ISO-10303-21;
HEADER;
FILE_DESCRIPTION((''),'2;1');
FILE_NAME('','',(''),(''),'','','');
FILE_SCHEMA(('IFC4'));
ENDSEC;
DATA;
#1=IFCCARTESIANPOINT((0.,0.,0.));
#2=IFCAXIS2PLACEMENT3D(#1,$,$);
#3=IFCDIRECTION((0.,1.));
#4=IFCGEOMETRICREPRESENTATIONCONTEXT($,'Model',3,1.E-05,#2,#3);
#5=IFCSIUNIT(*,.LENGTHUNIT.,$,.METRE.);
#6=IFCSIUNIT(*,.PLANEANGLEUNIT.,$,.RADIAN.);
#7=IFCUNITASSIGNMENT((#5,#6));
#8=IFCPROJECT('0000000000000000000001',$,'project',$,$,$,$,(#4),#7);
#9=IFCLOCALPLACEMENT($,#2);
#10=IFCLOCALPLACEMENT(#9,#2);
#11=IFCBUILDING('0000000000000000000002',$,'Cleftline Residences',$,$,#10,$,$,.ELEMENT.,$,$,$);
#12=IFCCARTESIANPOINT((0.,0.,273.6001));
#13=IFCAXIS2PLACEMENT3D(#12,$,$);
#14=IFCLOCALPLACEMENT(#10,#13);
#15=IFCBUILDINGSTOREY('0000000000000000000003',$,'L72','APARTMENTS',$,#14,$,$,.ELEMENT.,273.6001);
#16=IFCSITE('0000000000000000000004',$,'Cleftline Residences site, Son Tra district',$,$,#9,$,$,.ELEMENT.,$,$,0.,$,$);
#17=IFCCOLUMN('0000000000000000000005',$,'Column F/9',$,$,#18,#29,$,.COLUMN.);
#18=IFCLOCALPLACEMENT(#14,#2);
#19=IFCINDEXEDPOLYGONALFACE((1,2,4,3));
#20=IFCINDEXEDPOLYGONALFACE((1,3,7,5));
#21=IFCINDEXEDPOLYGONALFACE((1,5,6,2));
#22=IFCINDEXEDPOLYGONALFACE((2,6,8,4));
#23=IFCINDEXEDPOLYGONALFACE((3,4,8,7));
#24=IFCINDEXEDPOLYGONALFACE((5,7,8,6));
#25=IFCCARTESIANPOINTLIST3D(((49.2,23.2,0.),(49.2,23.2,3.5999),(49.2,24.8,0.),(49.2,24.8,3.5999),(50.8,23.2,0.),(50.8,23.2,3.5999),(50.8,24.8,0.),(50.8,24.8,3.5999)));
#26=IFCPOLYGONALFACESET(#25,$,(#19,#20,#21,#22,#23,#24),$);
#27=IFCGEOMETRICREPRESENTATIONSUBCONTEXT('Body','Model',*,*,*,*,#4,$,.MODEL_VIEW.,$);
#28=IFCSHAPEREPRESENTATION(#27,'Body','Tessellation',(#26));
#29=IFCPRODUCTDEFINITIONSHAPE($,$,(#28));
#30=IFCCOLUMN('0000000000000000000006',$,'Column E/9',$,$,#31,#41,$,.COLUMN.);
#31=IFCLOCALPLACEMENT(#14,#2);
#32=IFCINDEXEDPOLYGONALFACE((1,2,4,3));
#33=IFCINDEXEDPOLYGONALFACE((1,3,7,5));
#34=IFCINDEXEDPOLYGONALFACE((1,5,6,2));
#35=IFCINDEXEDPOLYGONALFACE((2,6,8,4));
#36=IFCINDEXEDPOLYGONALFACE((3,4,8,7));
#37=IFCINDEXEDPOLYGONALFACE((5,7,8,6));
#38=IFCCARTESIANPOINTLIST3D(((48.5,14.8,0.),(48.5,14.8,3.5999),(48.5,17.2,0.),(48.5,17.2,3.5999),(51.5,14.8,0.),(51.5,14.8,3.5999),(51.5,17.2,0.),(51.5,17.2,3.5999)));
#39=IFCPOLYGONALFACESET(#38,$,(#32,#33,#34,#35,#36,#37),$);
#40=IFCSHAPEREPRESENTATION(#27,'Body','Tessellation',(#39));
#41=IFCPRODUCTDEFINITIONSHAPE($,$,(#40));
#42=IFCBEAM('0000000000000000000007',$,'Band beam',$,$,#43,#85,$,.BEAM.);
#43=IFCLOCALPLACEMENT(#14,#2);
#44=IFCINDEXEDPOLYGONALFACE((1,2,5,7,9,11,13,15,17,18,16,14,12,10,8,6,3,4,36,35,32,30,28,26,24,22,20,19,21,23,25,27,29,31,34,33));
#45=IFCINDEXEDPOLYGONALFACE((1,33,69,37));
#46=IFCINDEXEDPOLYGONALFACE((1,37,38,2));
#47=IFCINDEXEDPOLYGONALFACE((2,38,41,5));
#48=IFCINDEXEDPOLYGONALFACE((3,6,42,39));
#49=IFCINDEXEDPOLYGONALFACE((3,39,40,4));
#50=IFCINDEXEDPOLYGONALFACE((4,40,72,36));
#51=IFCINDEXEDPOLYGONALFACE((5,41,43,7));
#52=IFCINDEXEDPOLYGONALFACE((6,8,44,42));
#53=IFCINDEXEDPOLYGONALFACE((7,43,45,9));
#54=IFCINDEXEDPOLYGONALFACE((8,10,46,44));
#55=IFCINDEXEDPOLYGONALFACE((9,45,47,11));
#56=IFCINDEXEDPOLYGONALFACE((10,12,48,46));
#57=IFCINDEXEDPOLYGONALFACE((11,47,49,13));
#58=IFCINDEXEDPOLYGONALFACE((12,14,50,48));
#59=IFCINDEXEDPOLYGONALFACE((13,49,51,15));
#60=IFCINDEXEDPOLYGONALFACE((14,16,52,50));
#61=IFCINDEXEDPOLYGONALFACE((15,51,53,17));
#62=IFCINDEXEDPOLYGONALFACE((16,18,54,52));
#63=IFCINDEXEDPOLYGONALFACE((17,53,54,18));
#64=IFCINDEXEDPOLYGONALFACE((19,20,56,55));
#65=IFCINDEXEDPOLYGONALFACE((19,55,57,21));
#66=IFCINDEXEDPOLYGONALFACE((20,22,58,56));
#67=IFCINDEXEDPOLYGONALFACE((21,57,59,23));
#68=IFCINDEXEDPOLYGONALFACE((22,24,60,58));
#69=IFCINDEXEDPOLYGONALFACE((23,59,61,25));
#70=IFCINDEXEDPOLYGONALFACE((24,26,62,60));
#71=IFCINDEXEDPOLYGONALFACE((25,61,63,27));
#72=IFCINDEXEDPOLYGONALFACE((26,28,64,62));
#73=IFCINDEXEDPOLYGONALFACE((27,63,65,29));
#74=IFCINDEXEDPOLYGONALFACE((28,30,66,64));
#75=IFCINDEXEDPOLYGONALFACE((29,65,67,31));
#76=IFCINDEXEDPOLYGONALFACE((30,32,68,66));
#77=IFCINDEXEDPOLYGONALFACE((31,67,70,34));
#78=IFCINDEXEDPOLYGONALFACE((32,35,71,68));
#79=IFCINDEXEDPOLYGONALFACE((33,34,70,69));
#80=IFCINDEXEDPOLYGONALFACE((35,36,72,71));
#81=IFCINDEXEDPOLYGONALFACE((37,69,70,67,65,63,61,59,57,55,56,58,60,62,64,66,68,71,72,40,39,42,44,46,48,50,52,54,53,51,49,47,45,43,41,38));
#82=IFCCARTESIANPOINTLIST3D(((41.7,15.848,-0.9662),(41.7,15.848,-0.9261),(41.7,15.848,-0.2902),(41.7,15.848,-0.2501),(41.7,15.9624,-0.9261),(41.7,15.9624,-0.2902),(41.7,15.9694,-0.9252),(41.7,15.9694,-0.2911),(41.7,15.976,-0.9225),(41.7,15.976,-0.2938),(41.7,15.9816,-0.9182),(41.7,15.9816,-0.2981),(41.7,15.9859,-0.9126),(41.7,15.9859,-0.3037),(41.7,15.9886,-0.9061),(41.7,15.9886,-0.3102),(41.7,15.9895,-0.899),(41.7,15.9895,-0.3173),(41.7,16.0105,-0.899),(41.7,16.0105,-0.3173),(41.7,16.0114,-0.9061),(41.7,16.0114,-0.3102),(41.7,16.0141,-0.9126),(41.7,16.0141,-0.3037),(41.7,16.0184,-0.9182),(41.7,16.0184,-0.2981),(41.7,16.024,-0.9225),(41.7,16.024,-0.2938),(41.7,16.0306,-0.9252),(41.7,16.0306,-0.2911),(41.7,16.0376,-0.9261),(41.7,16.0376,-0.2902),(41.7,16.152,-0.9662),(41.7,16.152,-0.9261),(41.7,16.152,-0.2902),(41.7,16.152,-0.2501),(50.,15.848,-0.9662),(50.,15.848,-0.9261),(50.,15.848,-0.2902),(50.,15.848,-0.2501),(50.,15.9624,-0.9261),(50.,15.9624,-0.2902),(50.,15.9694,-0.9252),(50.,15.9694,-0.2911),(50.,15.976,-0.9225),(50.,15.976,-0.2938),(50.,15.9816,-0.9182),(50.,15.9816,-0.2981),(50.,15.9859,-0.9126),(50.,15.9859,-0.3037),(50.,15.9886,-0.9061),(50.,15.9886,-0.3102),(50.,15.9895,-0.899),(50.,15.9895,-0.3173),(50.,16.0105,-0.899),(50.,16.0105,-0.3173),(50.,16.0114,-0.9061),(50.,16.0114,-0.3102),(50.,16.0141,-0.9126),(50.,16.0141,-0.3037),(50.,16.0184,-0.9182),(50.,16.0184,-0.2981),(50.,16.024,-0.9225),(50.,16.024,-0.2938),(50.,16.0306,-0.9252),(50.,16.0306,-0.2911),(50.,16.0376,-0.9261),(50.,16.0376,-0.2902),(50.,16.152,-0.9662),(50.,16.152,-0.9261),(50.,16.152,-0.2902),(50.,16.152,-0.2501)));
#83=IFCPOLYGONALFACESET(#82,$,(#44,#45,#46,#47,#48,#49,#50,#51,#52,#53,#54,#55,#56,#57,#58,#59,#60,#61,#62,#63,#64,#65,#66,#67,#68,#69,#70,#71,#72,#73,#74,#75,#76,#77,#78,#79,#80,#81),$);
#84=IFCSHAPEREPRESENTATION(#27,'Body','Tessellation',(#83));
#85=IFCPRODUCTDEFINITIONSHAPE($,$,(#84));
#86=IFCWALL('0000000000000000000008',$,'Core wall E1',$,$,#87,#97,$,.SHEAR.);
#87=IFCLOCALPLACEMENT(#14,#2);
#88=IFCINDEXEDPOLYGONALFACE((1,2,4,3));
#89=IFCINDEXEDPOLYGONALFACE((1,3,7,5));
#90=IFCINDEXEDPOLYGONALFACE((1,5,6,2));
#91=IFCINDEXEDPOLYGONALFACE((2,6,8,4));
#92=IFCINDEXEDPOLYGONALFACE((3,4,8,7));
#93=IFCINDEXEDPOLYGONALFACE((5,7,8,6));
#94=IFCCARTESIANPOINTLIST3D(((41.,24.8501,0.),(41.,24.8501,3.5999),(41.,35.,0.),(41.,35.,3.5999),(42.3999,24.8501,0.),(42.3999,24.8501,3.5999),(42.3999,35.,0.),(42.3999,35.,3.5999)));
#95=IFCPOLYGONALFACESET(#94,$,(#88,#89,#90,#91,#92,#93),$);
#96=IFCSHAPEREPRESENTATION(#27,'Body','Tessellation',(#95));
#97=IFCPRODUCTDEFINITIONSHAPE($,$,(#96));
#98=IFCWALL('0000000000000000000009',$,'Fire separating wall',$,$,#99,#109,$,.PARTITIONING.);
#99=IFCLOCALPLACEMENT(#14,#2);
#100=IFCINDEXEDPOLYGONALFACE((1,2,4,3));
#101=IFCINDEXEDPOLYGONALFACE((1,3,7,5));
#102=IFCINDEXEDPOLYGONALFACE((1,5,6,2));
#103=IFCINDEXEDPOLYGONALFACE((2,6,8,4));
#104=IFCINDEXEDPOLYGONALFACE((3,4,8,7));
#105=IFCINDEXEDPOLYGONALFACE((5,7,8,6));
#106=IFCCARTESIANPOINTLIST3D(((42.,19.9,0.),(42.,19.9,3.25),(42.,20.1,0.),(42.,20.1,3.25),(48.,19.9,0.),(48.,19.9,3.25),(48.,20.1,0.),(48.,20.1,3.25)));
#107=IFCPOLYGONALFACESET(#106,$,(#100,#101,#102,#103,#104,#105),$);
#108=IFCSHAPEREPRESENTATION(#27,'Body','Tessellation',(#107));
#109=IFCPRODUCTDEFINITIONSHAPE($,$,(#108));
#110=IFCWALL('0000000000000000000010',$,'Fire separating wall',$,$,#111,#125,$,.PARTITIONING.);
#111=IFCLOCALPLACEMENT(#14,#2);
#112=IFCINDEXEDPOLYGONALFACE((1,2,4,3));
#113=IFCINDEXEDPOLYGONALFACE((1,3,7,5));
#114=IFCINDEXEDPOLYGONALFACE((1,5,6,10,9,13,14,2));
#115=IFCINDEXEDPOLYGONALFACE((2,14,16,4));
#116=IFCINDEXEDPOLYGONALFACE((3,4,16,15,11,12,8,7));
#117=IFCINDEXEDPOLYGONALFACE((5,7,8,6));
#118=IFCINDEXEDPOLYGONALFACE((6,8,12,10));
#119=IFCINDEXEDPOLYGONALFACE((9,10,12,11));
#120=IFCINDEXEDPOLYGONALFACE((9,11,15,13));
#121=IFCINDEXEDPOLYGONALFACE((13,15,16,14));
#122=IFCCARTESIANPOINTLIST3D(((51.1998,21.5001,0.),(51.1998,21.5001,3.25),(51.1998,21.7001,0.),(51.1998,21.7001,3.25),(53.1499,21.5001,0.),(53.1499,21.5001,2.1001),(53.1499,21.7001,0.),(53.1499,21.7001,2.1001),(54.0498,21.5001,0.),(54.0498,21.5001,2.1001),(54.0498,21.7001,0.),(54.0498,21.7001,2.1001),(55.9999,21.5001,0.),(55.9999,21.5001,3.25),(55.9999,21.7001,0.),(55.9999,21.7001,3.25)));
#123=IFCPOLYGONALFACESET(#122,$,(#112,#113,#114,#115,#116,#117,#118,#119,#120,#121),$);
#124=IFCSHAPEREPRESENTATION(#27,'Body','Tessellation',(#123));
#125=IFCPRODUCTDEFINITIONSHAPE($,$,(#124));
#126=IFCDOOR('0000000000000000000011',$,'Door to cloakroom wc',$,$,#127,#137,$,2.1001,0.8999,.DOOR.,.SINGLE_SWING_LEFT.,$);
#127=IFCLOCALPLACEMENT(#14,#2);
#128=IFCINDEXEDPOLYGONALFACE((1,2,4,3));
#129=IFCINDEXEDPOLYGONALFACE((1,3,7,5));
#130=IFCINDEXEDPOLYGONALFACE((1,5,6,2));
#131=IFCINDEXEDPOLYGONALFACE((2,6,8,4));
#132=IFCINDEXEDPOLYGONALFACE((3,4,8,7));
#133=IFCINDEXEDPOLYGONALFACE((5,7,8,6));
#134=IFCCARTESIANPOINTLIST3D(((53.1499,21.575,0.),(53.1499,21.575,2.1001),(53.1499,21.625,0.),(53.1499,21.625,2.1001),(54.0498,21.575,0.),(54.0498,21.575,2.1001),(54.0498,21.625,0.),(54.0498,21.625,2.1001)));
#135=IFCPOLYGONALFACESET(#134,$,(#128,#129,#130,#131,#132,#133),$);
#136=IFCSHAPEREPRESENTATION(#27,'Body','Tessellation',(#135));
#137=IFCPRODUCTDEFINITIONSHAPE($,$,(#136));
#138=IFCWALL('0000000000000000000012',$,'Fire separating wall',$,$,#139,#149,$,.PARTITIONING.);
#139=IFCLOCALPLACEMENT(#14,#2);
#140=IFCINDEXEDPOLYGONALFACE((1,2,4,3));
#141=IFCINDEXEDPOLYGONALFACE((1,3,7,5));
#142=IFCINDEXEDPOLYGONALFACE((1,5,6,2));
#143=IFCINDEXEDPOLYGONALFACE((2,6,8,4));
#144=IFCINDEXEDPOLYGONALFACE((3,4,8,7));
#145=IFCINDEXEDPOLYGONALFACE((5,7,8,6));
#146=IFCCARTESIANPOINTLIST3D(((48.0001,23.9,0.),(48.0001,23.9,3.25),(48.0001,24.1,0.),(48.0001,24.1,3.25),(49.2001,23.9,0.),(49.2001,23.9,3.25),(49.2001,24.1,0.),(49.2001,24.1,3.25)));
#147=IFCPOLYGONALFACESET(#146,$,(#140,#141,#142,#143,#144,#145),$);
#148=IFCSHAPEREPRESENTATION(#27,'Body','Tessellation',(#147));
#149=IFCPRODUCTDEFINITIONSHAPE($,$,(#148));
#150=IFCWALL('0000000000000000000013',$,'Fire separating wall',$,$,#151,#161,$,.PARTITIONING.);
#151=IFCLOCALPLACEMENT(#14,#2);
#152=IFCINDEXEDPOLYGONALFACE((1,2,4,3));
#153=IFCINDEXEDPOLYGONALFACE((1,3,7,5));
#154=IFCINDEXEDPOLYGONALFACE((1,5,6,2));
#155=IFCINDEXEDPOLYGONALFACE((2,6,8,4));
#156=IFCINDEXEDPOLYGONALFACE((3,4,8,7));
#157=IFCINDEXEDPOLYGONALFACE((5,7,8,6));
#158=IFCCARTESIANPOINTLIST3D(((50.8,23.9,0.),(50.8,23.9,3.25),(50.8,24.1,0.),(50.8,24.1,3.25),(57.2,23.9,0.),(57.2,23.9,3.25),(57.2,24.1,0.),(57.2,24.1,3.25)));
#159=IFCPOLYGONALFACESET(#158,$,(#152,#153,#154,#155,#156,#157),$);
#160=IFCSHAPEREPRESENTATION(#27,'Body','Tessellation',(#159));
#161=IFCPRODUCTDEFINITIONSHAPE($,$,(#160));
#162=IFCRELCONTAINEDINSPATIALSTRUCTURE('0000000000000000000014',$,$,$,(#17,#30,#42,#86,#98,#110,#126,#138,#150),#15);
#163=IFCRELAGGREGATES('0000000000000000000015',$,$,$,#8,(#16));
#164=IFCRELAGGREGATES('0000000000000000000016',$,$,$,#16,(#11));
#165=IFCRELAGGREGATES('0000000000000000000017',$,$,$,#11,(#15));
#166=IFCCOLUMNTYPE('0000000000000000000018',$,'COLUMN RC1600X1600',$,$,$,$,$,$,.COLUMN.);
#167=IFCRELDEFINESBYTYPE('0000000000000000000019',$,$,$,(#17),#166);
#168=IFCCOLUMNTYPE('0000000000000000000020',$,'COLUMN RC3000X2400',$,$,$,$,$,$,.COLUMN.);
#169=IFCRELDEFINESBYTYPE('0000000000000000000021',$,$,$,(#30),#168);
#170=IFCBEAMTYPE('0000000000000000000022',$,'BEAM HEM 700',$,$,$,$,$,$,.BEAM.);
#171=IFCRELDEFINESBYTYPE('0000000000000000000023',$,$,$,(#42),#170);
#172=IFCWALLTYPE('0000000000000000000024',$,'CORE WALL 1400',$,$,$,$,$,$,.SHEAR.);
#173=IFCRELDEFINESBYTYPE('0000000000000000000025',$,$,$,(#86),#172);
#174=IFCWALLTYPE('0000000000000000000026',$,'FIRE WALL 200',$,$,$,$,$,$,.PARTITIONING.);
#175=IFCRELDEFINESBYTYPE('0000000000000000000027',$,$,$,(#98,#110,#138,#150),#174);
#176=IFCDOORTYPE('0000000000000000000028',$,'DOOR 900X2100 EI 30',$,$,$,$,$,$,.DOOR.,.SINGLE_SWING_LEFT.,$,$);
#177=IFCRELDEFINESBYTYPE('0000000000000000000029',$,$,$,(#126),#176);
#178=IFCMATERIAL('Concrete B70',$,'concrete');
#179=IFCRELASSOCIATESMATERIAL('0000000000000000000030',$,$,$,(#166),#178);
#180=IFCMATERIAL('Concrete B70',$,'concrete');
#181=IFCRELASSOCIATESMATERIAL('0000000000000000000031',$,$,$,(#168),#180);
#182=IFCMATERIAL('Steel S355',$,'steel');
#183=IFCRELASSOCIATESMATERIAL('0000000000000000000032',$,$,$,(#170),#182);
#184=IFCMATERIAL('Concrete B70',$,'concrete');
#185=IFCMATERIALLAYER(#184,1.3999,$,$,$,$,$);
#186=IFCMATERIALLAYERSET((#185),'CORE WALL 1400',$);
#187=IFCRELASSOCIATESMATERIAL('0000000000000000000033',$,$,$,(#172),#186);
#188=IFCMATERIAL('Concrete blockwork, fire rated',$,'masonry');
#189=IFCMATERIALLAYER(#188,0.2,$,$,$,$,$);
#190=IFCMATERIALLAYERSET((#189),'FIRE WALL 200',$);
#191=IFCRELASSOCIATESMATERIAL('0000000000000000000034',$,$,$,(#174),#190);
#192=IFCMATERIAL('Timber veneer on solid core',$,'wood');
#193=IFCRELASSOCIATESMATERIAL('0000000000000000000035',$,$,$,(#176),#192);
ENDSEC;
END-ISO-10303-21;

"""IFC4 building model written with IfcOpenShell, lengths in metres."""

from ifc_helpers import new_model, si_unit, direction, frame, frame_2d, origin, origin_2d, place, context, subcontext, project, spatial, rectangle, i_section, extrude, material, layer, layer_set, material_profile, profile_set, type_object, element, fill, save


model = new_model("IFC4")

# Units and contexts
model_context = context("Model", 3, precision=1e-05, world=origin(), true_north=direction((0.0, 1.0)))
body_context = subcontext(model_context, "Body", "Model", "MODEL_VIEW")
ifc_project = project(units=[si_unit("LENGTHUNIT", "METRE"), si_unit("PLANEANGLEUNIT", "RADIAN")], contexts=[model_context])

# Site, building, storey
site_placement = place(None, origin())
site = spatial("IfcSite", under=ifc_project, at=site_placement, Name="Cleftline Residences site, Son Tra district", CompositionType="ELEMENT", RefElevation=0.0)
building_placement = place(site_placement, origin())
building = spatial("IfcBuilding", under=site, at=building_placement, Name="Cleftline Residences", CompositionType="ELEMENT")
storey_placement = place(building_placement, frame((0.0, 0.0, 273.6001)))
storey = spatial("IfcBuildingStorey", under=building, at=storey_placement, Name="L72", Description="APARTMENTS", CompositionType="ELEMENT", Elevation=273.6001)

# Columns
ifc_material_1 = material(Name="Concrete B70", Category="concrete")
ifc_material_profile_1 = material_profile(ifc_material_1, rectangle(XDim=1.6001, YDim=1.6001, at=origin_2d()))
ifc_profile_set_1 = profile_set([ifc_material_profile_1], Name="Concrete B70")
column_type_1 = type_object("IfcColumnType", Name="COLUMN RC1600X1600", PredefinedType="COLUMN", material=ifc_profile_set_1)
column_1_placement = place(storey_placement, frame((50.0, 24.0, 0.0), z_axis=(0.0, 0.0, 1.0), x_axis=(1.0, 0.0, 0.0)))
element("IfcColumn", 1, at=column_1_placement, inside=storey, type_object=column_type_1, Name="Column F/9", PredefinedType="COLUMN", context=body_context, shape_type="SweptSolid", body=[
    extrude(rectangle(XDim=1.6001, YDim=1.6001, at=origin_2d()), origin(), (0.0, 0.0, 1.0), 3.5999),
])
ifc_material_2 = material(Name="Concrete B70", Category="concrete")
ifc_material_profile_2 = material_profile(ifc_material_2, rectangle(XDim=3.0, YDim=2.3999, at=origin_2d()))
ifc_profile_set_2 = profile_set([ifc_material_profile_2], Name="Concrete B70")
column_type_2 = type_object("IfcColumnType", Name="COLUMN RC3000X2400", PredefinedType="COLUMN", material=ifc_profile_set_2)
column_2_placement = place(storey_placement, frame((50.0, 16.0, 0.0), z_axis=(0.0, 0.0, 1.0), x_axis=(1.0, 0.0, 0.0)))
element("IfcColumn", 2, at=column_2_placement, inside=storey, type_object=column_type_2, Name="Column E/9", PredefinedType="COLUMN", context=body_context, shape_type="SweptSolid", body=[
    extrude(rectangle(XDim=3.0, YDim=2.3999, at=origin_2d()), origin(), (0.0, 0.0, 1.0), 3.5999),
])

# Beam
ifc_material_3 = material(Name="Steel S355", Category="steel")
ifc_material_profile_3 = material_profile(ifc_material_3, i_section(OverallWidth=0.304, OverallDepth=0.7161, WebThickness=0.021, FlangeThickness=0.04, FilletRadius=0.0271, at=origin_2d()))
ifc_profile_set_3 = profile_set([ifc_material_profile_3], Name="Steel S355")
beam_type = type_object("IfcBeamType", Name="BEAM HEM 700", PredefinedType="BEAM", material=ifc_profile_set_3)
beam_placement = place(storey_placement, frame((50.0, 16.0, -0.6082), z_axis=(-1.0, 0.0, 0.0), x_axis=(0.0, -1.0, 0.0)))
element("IfcBeam", 3, at=beam_placement, inside=storey, type_object=beam_type, Name="Band beam", PredefinedType="BEAM", context=body_context, shape_type="SweptSolid", body=[
    extrude(i_section(OverallWidth=0.304, OverallDepth=0.7161, WebThickness=0.021, FlangeThickness=0.04, FilletRadius=0.0271, at=origin_2d()), origin(), (0.0, 0.0, 1.0), 8.3),
])

# Walls
ifc_material_4 = material(Name="Concrete B70", Category="concrete")
ifc_layer_1 = layer(ifc_material_4, 1.3999)
ifc_layer_set_1 = layer_set([ifc_layer_1], Name="CORE WALL 1400")
wall_type_1 = type_object("IfcWallType", Name="CORE WALL 1400", PredefinedType="SHEAR", material=ifc_layer_set_1)
wall_1_placement = place(storey_placement, frame((41.7, 24.8501, 0.0), z_axis=(0.0, 0.0, 1.0), x_axis=(0.0, 1.0, 0.0)))
element("IfcWall", 4, at=wall_1_placement, inside=storey, type_object=wall_type_1, Name="Core wall E1", PredefinedType="SHEAR", context=body_context, shape_type="SweptSolid", body=[
    extrude(rectangle(XDim=10.1499, YDim=1.3999, at=frame_2d((5.075, 0.0))), origin(), (0.0, 0.0, 1.0), 3.5999),
])
ifc_material_5 = material(Name="Concrete blockwork, fire rated", Category="masonry")
ifc_layer_2 = layer(ifc_material_5, 0.2)
ifc_layer_set_2 = layer_set([ifc_layer_2], Name="FIRE WALL 200")
wall_type_2 = type_object("IfcWallType", Name="FIRE WALL 200", PredefinedType="PARTITIONING", material=ifc_layer_set_2)
wall_2_placement = place(storey_placement, frame((42.0, 20.0, 0.0), z_axis=(0.0, 0.0, 1.0), x_axis=(1.0, 0.0, 0.0)))
element("IfcWall", 5, at=wall_2_placement, inside=storey, type_object=wall_type_2, Name="Fire separating wall", PredefinedType="PARTITIONING", context=body_context, shape_type="SweptSolid", body=[
    extrude(rectangle(XDim=6.0, YDim=0.2, at=frame_2d((3.0, 0.0))), origin(), (0.0, 0.0, 1.0), 3.25),
])

# Wall, opening, door
wall_3_placement = place(storey_placement, frame((51.2, 21.6001, 0.0), z_axis=(0.0, 0.0, 1.0), x_axis=(1.0, 0.0, 0.0)))
wall_3 = element("IfcWall", 6, at=wall_3_placement, inside=storey, type_object=wall_type_2, Name="Fire separating wall", PredefinedType="PARTITIONING", context=body_context, shape_type="SweptSolid", body=[
    extrude(rectangle(XDim=4.8, YDim=0.2, at=frame_2d((2.3999, 0.0))), origin(), (0.0, 0.0, 1.0), 3.25),
])
opening_1_placement = place(wall_3_placement, frame((1.95, 0.0, 0.0)))
opening_1 = element("IfcOpeningElement", 7, at=opening_1_placement, cuts=wall_3, PredefinedType="OPENING", context=body_context, shape_type="SweptSolid", body=[
    extrude(rectangle(XDim=0.8999, YDim=2.1001, at=frame_2d((0.45, 1.05))), frame((0.0, 0.1099, 0.0), z_axis=(0.0, -1.0, 0.0), x_axis=(1.0, 0.0, 0.0)), (0.0, 0.0, 1.0), 0.22),
])
ifc_material_6 = material(Name="Timber veneer on solid core", Category="wood")
door_type_1 = type_object("IfcDoorType", Name="DOOR 900X2100 EI 30", OperationType="SINGLE_SWING_LEFT", PredefinedType="DOOR", material=ifc_material_6)
door_1_placement = place(opening_1_placement, origin())
door_1 = element("IfcDoor", 8, at=door_1_placement, inside=storey, type_object=door_type_1, Name="Door to cloakroom wc", OperationType="SINGLE_SWING_LEFT", OverallHeight=2.1001, OverallWidth=0.8999, PredefinedType="DOOR", context=body_context, shape_type="SweptSolid", body=[
    extrude(rectangle(XDim=0.8999, YDim=2.1001, at=frame_2d((0.45, 1.05))), frame((0.0, 0.0249, 0.0), z_axis=(0.0, -1.0, 0.0), x_axis=(1.0, 0.0, 0.0)), (0.0, 0.0, 1.0), 0.05),
])
fill(opening_1, door_1)

# Walls
wall_4_placement = place(storey_placement, frame((48.0, 24.0, 0.0), z_axis=(0.0, 0.0, 1.0), x_axis=(1.0, 0.0, 0.0)))
element("IfcWall", 9, at=wall_4_placement, inside=storey, type_object=wall_type_2, Name="Fire separating wall", PredefinedType="PARTITIONING", context=body_context, shape_type="SweptSolid", body=[
    extrude(rectangle(XDim=1.2, YDim=0.2, at=frame_2d((0.6001, 0.0))), origin(), (0.0, 0.0, 1.0), 3.25),
])
wall_5_placement = place(storey_placement, frame((50.8, 24.0, 0.0), z_axis=(0.0, 0.0, 1.0), x_axis=(1.0, 0.0, 0.0)))
element("IfcWall", 10, at=wall_5_placement, inside=storey, type_object=wall_type_2, Name="Fire separating wall", PredefinedType="PARTITIONING", context=body_context, shape_type="SweptSolid", body=[
    extrude(rectangle(XDim=6.3999, YDim=0.2, at=frame_2d((3.2, 0.0))), origin(), (0.0, 0.0, 1.0), 3.25),
])

save(model, "model.ifc")
